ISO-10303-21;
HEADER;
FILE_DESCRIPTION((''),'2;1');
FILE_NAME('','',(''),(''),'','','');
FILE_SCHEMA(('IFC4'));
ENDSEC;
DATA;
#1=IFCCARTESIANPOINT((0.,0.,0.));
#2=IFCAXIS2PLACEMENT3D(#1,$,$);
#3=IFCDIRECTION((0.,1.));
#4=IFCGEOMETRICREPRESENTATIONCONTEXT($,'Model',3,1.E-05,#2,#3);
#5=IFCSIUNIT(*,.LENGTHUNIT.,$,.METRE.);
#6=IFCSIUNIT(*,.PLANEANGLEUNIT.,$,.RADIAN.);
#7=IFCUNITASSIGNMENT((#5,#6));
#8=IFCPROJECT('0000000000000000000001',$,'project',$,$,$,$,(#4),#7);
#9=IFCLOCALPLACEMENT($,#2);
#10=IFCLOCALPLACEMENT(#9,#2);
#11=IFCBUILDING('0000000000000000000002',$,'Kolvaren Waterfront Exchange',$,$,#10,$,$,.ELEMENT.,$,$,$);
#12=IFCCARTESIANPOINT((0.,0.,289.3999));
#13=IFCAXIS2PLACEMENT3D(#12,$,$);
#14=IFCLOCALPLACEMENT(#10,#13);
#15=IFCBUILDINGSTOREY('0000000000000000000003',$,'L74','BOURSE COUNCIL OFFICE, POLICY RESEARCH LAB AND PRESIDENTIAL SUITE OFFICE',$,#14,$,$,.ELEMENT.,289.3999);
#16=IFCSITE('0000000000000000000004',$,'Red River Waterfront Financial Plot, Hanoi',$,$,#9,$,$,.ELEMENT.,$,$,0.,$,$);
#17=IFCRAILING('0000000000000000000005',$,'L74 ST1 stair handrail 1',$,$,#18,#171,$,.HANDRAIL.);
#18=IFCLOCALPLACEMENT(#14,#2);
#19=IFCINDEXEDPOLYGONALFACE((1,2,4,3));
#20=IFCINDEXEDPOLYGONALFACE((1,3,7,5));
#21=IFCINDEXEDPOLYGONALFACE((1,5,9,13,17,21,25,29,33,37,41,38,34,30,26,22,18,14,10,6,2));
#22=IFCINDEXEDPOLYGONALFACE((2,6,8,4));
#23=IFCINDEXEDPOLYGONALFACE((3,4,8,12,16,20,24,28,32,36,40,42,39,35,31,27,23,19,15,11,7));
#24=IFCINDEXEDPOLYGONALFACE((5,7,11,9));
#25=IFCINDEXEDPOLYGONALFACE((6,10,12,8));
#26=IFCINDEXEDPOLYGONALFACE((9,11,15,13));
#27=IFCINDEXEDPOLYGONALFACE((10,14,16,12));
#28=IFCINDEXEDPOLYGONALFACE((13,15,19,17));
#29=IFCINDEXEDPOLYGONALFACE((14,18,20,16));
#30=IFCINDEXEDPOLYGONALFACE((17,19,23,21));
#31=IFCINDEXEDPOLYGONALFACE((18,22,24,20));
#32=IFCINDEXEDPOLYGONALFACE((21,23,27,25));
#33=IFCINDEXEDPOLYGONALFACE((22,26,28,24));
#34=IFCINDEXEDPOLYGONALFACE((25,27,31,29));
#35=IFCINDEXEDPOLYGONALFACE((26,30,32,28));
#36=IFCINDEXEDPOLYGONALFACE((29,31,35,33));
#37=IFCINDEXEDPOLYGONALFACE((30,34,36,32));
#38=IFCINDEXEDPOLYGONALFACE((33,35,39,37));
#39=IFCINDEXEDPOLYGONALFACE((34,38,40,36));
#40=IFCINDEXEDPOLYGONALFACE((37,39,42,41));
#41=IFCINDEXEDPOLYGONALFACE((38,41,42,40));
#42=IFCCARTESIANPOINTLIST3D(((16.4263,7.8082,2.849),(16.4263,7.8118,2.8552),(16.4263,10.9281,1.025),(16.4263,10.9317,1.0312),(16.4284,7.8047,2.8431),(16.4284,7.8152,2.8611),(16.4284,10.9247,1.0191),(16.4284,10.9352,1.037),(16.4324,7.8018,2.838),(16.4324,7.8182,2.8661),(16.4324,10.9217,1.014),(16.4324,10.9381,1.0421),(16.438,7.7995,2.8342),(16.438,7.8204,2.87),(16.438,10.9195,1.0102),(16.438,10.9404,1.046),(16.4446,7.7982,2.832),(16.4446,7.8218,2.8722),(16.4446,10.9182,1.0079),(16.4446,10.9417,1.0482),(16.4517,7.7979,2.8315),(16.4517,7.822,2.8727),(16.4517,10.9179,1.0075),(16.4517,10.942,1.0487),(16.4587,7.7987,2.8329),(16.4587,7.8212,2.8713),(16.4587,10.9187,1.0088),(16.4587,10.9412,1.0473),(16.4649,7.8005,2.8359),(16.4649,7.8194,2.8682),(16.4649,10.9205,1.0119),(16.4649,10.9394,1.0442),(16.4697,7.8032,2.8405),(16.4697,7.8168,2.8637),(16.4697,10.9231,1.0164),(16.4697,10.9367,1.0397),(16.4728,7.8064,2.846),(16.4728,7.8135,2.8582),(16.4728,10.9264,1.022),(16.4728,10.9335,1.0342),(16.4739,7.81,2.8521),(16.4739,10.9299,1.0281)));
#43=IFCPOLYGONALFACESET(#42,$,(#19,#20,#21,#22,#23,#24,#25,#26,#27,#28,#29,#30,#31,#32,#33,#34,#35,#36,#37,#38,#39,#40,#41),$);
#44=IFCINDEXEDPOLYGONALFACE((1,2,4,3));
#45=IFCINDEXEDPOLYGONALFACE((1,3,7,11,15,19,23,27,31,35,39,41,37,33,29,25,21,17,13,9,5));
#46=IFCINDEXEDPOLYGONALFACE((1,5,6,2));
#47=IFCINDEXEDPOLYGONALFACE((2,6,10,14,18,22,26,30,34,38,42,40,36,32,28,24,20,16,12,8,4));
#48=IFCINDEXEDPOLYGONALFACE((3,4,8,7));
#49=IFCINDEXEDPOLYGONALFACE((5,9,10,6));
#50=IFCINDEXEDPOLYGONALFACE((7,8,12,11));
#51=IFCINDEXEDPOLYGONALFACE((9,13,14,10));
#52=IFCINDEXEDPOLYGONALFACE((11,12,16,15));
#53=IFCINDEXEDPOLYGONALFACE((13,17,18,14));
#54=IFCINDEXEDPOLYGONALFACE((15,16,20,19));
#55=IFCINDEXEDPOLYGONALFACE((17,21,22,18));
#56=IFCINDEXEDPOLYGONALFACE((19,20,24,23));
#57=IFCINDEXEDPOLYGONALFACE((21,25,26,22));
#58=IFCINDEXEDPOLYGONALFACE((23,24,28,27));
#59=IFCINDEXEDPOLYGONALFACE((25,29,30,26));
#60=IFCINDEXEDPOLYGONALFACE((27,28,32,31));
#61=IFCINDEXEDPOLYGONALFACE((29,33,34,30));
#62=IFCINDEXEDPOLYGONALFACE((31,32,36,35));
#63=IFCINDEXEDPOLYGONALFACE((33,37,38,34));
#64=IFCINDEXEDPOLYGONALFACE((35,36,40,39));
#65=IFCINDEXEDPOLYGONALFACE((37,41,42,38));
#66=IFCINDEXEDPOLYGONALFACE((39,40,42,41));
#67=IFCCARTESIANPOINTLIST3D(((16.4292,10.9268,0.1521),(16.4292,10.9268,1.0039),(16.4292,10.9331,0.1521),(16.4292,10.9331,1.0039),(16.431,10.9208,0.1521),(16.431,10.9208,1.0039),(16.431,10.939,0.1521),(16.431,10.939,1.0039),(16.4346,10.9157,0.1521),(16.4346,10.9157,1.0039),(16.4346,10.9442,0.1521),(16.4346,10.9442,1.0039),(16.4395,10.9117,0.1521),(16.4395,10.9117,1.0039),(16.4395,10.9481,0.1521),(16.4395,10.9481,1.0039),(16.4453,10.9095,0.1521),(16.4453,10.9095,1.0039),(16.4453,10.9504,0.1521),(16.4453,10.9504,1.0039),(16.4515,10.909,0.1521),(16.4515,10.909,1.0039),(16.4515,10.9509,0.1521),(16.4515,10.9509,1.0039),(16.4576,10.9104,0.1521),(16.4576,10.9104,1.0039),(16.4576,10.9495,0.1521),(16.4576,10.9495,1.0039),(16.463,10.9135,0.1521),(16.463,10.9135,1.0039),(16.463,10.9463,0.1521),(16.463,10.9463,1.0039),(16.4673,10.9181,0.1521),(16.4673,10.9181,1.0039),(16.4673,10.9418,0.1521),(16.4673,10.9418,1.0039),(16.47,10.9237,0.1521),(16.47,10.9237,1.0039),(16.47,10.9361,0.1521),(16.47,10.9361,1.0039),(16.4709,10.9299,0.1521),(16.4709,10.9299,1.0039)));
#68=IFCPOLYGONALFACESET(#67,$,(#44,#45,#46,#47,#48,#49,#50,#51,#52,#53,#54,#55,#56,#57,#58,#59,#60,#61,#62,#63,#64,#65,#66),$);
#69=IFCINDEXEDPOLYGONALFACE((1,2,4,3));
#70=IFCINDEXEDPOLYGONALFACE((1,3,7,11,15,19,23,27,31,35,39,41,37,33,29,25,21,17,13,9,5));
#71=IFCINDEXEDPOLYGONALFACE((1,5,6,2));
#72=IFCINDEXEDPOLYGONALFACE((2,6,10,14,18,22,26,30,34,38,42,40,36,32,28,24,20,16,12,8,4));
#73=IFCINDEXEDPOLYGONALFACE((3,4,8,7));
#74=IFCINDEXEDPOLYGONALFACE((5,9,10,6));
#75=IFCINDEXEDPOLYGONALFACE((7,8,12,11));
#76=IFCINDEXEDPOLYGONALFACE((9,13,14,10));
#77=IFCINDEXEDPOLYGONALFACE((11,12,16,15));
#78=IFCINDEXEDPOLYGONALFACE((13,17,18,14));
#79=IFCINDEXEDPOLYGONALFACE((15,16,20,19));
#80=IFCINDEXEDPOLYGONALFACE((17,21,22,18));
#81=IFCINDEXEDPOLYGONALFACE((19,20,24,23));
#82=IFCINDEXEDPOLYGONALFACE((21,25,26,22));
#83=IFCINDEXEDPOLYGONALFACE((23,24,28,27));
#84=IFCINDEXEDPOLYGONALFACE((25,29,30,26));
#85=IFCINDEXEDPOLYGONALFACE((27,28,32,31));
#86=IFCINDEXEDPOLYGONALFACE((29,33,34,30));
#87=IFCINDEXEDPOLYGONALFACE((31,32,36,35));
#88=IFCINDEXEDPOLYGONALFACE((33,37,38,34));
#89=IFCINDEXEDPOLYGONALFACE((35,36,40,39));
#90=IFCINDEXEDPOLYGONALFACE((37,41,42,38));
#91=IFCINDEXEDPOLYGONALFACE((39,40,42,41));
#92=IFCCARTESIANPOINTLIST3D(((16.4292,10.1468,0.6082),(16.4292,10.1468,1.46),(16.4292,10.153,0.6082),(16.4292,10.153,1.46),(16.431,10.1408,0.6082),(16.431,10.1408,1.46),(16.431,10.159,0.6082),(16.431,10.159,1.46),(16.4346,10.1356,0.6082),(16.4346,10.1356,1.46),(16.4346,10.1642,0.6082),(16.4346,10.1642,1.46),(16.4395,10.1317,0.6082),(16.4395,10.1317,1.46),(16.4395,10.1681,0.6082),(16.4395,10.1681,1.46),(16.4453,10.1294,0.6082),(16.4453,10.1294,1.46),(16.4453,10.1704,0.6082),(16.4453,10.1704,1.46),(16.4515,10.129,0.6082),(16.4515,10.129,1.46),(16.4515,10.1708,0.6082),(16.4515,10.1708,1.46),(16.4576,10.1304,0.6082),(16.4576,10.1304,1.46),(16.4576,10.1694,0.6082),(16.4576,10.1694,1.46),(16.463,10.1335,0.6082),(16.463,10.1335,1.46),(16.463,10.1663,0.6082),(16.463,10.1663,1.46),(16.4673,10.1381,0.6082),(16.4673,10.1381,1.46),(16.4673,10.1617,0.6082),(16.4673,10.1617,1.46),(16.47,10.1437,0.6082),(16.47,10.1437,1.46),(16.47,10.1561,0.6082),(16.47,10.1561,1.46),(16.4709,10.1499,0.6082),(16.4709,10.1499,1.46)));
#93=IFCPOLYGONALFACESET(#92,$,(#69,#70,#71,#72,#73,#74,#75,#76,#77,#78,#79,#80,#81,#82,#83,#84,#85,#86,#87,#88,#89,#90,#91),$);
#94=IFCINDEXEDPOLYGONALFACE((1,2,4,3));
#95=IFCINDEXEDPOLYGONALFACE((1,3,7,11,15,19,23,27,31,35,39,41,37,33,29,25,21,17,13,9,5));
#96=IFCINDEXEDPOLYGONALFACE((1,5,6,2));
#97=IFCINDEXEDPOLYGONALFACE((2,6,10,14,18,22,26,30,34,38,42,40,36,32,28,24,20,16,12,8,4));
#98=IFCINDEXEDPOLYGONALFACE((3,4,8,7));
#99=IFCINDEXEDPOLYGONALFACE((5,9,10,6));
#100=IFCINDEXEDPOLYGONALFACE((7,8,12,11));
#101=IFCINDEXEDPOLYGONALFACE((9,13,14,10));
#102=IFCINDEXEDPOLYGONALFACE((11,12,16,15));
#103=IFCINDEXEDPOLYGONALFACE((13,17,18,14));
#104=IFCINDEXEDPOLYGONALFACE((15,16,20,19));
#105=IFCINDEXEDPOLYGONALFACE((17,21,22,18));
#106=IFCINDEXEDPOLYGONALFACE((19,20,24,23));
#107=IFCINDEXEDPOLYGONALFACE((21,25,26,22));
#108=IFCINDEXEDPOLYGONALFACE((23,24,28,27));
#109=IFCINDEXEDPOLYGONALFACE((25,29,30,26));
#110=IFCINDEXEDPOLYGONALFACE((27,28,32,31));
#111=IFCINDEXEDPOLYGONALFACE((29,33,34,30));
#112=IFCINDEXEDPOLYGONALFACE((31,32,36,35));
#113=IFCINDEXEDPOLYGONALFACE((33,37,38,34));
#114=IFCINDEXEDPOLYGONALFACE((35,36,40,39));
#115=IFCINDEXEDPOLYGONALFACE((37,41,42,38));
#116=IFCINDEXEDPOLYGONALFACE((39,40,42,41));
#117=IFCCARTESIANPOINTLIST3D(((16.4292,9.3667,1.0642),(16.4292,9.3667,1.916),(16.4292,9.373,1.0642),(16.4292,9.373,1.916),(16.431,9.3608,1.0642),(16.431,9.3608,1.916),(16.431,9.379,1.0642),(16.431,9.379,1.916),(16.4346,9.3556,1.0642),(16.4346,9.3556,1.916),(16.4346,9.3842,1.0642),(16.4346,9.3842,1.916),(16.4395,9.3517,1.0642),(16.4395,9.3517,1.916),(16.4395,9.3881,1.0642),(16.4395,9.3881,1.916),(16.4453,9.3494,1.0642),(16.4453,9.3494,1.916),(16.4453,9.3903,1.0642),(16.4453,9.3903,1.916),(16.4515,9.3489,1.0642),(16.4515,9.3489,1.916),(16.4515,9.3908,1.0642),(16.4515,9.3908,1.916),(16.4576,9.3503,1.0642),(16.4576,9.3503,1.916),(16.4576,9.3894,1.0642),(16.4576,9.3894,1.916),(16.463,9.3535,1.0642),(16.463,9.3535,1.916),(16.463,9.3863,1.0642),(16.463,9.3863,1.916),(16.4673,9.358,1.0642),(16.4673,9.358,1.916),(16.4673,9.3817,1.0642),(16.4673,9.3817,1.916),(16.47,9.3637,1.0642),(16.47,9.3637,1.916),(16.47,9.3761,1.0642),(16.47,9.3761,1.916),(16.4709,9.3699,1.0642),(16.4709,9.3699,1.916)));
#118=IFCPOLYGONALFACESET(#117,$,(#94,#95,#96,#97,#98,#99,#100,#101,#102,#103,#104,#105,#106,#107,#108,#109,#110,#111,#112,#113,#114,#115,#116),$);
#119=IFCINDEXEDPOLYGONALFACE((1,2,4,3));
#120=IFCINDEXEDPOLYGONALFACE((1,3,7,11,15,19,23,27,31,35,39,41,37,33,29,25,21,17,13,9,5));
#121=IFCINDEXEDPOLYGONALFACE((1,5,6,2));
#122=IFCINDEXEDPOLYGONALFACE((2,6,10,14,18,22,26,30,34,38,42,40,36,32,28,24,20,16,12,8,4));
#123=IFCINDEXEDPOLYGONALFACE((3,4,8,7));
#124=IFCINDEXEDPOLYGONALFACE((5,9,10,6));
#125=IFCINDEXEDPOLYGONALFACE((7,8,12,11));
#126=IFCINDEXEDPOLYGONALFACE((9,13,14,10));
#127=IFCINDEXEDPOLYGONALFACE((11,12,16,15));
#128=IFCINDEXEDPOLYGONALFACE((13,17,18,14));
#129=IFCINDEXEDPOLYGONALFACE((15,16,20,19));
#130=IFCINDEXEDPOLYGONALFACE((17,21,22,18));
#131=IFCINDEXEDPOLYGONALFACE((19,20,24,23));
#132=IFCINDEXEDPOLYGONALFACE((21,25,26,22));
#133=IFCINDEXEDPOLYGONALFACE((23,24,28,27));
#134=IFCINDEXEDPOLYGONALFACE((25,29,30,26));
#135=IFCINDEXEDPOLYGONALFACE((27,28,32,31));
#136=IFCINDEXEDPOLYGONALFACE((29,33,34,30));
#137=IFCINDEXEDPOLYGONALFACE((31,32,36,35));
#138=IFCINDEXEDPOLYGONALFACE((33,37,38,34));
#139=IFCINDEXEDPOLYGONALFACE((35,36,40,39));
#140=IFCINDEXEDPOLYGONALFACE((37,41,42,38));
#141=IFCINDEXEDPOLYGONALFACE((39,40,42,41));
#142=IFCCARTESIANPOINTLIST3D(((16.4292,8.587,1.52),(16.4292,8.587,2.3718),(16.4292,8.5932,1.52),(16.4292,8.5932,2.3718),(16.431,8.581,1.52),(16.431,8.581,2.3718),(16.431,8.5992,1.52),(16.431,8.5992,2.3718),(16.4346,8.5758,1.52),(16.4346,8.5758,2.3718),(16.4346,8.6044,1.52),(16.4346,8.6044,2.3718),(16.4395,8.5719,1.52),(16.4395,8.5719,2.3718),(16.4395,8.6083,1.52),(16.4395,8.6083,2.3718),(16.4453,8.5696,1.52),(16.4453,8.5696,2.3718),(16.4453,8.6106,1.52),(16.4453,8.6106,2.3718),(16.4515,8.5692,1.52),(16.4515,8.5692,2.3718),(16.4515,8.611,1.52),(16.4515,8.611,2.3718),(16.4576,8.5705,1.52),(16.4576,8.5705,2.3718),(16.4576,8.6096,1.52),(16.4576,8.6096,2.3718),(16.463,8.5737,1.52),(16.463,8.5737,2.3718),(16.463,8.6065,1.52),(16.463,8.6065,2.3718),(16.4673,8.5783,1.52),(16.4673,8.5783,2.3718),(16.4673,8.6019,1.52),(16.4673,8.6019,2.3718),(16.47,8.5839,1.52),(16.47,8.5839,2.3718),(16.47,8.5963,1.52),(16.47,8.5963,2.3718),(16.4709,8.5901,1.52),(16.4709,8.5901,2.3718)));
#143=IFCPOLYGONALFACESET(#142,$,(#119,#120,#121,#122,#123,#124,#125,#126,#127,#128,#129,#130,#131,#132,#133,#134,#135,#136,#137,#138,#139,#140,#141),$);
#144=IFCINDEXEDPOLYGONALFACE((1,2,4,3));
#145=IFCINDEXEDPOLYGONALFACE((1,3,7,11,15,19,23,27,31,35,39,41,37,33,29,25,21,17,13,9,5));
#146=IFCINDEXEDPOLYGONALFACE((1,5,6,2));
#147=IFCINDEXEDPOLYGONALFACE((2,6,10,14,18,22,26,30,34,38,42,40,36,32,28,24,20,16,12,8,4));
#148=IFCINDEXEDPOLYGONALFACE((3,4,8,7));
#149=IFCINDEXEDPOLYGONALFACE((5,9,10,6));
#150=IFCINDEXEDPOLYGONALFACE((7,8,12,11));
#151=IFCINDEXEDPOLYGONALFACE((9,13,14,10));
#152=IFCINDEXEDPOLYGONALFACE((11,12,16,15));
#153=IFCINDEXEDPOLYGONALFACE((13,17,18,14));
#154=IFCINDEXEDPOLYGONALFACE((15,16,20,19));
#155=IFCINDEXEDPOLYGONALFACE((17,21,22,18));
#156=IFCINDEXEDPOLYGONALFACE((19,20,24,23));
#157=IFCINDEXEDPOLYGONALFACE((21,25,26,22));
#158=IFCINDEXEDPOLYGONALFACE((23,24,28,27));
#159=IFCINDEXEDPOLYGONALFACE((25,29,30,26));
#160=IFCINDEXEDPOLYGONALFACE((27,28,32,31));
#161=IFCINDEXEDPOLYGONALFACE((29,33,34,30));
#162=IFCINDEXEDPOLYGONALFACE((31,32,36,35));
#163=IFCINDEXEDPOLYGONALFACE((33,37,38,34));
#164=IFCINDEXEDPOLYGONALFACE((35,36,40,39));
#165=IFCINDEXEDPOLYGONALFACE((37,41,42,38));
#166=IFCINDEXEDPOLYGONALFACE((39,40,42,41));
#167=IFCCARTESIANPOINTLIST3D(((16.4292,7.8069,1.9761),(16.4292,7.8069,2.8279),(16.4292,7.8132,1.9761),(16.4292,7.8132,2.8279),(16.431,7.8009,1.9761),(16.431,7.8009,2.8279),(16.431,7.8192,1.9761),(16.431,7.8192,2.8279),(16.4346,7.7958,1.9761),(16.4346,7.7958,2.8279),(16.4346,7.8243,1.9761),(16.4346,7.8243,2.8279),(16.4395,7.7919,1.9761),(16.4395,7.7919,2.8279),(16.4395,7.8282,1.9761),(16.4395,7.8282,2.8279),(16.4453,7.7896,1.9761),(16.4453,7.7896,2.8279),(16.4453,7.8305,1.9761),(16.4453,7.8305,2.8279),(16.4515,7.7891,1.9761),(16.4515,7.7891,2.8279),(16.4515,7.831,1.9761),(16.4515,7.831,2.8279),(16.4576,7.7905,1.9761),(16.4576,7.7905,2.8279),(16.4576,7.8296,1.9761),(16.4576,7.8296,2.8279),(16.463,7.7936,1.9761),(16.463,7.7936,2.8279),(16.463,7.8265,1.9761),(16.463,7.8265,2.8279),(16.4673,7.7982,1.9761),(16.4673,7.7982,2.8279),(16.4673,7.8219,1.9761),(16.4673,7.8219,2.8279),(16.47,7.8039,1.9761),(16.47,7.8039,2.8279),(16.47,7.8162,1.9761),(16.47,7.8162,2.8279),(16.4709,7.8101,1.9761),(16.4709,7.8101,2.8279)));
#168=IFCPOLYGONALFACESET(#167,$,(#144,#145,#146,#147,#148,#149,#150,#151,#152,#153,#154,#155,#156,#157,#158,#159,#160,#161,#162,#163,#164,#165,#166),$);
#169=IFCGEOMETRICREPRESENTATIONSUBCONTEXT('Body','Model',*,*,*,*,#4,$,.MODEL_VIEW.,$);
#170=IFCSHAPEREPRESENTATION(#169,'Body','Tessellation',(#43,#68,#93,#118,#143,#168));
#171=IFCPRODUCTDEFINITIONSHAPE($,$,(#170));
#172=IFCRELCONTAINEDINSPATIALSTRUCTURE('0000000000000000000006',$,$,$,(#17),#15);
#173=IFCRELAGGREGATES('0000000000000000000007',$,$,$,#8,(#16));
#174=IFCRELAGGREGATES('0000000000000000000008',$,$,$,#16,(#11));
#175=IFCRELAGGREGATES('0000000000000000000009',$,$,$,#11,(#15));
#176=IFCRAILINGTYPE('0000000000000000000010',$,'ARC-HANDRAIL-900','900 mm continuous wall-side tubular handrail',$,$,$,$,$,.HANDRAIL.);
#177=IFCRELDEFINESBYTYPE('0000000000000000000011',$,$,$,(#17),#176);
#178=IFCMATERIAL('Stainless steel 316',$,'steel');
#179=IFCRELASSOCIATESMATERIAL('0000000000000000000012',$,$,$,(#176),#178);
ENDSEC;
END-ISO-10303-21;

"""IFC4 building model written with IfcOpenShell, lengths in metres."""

from ifc_helpers import new_model, si_unit, direction, frame, origin, origin_2d, place, context, subcontext, project, spatial, circle, extrude, material, type_object, element, save


model = new_model("IFC4")

# Units and contexts
model_context = context("Model", 3, precision=1e-05, world=origin(), true_north=direction((0.0, 1.0)))
body_context = subcontext(model_context, "Body", "Model", "MODEL_VIEW")
ifc_project = project(units=[si_unit("LENGTHUNIT", "METRE"), si_unit("PLANEANGLEUNIT", "RADIAN")], contexts=[model_context])

# Site, building, storey
site_placement = place(None, origin())
site = spatial("IfcSite", under=ifc_project, at=site_placement, Name="Red River Waterfront Financial Plot, Hanoi", CompositionType="ELEMENT", RefElevation=0.0)
building_placement = place(site_placement, origin())
building = spatial("IfcBuilding", under=site, at=building_placement, Name="Kolvaren Waterfront Exchange", CompositionType="ELEMENT")
storey_placement = place(building_placement, frame((0.0, 0.0, 289.3999)))
storey = spatial("IfcBuildingStorey", under=building, at=storey_placement, Name="L74", Description="BOURSE COUNCIL OFFICE, POLICY RESEARCH LAB AND PRESIDENTIAL SUITE OFFICE", CompositionType="ELEMENT", Elevation=289.3999)

# Railing
ifc_material_1 = material(Name="Stainless steel 316", Category="steel")
railing_type_1 = type_object("IfcRailingType", Name="ARC-HANDRAIL-900", Description="900 mm continuous wall-side tubular handrail", PredefinedType="HANDRAIL", material=ifc_material_1)
railing_1_placement = place(storey_placement, frame((16.45, 10.9299, 0.1521)))
element("IfcRailing", 1, at=railing_1_placement, inside=storey, type_object=railing_type_1, Name="L74 ST1 stair handrail 1", PredefinedType="HANDRAIL", context=body_context, shape_type="SweptSolid", body=[
    extrude(circle(Radius=0.0239, at=origin_2d()), frame((0.0, 0.0, 0.876), z_axis=(0.0, -0.863291, 0.504707), x_axis=(1.0, 0.0, 0.0)), (0.0, 0.0, 1.0), 3.614),
    extrude(circle(Radius=0.021, at=origin_2d()), origin(), (0.0, 0.0, 1.0), 0.8518),
    extrude(circle(Radius=0.021, at=origin_2d()), frame((0.0, -0.78, 0.4561)), (0.0, 0.0, 1.0), 0.8518),
    extrude(circle(Radius=0.021, at=origin_2d()), frame((0.0, -1.5601, 0.9121)), (0.0, 0.0, 1.0), 0.8518),
    extrude(circle(Radius=0.021, at=origin_2d()), frame((0.0, -2.3398, 1.3679)), (0.0, 0.0, 1.0), 0.8518),
    extrude(circle(Radius=0.021, at=origin_2d()), frame((0.0, -3.1199, 1.824)), (0.0, 0.0, 1.0), 0.8518),
])

save(model, "model.ifc")
